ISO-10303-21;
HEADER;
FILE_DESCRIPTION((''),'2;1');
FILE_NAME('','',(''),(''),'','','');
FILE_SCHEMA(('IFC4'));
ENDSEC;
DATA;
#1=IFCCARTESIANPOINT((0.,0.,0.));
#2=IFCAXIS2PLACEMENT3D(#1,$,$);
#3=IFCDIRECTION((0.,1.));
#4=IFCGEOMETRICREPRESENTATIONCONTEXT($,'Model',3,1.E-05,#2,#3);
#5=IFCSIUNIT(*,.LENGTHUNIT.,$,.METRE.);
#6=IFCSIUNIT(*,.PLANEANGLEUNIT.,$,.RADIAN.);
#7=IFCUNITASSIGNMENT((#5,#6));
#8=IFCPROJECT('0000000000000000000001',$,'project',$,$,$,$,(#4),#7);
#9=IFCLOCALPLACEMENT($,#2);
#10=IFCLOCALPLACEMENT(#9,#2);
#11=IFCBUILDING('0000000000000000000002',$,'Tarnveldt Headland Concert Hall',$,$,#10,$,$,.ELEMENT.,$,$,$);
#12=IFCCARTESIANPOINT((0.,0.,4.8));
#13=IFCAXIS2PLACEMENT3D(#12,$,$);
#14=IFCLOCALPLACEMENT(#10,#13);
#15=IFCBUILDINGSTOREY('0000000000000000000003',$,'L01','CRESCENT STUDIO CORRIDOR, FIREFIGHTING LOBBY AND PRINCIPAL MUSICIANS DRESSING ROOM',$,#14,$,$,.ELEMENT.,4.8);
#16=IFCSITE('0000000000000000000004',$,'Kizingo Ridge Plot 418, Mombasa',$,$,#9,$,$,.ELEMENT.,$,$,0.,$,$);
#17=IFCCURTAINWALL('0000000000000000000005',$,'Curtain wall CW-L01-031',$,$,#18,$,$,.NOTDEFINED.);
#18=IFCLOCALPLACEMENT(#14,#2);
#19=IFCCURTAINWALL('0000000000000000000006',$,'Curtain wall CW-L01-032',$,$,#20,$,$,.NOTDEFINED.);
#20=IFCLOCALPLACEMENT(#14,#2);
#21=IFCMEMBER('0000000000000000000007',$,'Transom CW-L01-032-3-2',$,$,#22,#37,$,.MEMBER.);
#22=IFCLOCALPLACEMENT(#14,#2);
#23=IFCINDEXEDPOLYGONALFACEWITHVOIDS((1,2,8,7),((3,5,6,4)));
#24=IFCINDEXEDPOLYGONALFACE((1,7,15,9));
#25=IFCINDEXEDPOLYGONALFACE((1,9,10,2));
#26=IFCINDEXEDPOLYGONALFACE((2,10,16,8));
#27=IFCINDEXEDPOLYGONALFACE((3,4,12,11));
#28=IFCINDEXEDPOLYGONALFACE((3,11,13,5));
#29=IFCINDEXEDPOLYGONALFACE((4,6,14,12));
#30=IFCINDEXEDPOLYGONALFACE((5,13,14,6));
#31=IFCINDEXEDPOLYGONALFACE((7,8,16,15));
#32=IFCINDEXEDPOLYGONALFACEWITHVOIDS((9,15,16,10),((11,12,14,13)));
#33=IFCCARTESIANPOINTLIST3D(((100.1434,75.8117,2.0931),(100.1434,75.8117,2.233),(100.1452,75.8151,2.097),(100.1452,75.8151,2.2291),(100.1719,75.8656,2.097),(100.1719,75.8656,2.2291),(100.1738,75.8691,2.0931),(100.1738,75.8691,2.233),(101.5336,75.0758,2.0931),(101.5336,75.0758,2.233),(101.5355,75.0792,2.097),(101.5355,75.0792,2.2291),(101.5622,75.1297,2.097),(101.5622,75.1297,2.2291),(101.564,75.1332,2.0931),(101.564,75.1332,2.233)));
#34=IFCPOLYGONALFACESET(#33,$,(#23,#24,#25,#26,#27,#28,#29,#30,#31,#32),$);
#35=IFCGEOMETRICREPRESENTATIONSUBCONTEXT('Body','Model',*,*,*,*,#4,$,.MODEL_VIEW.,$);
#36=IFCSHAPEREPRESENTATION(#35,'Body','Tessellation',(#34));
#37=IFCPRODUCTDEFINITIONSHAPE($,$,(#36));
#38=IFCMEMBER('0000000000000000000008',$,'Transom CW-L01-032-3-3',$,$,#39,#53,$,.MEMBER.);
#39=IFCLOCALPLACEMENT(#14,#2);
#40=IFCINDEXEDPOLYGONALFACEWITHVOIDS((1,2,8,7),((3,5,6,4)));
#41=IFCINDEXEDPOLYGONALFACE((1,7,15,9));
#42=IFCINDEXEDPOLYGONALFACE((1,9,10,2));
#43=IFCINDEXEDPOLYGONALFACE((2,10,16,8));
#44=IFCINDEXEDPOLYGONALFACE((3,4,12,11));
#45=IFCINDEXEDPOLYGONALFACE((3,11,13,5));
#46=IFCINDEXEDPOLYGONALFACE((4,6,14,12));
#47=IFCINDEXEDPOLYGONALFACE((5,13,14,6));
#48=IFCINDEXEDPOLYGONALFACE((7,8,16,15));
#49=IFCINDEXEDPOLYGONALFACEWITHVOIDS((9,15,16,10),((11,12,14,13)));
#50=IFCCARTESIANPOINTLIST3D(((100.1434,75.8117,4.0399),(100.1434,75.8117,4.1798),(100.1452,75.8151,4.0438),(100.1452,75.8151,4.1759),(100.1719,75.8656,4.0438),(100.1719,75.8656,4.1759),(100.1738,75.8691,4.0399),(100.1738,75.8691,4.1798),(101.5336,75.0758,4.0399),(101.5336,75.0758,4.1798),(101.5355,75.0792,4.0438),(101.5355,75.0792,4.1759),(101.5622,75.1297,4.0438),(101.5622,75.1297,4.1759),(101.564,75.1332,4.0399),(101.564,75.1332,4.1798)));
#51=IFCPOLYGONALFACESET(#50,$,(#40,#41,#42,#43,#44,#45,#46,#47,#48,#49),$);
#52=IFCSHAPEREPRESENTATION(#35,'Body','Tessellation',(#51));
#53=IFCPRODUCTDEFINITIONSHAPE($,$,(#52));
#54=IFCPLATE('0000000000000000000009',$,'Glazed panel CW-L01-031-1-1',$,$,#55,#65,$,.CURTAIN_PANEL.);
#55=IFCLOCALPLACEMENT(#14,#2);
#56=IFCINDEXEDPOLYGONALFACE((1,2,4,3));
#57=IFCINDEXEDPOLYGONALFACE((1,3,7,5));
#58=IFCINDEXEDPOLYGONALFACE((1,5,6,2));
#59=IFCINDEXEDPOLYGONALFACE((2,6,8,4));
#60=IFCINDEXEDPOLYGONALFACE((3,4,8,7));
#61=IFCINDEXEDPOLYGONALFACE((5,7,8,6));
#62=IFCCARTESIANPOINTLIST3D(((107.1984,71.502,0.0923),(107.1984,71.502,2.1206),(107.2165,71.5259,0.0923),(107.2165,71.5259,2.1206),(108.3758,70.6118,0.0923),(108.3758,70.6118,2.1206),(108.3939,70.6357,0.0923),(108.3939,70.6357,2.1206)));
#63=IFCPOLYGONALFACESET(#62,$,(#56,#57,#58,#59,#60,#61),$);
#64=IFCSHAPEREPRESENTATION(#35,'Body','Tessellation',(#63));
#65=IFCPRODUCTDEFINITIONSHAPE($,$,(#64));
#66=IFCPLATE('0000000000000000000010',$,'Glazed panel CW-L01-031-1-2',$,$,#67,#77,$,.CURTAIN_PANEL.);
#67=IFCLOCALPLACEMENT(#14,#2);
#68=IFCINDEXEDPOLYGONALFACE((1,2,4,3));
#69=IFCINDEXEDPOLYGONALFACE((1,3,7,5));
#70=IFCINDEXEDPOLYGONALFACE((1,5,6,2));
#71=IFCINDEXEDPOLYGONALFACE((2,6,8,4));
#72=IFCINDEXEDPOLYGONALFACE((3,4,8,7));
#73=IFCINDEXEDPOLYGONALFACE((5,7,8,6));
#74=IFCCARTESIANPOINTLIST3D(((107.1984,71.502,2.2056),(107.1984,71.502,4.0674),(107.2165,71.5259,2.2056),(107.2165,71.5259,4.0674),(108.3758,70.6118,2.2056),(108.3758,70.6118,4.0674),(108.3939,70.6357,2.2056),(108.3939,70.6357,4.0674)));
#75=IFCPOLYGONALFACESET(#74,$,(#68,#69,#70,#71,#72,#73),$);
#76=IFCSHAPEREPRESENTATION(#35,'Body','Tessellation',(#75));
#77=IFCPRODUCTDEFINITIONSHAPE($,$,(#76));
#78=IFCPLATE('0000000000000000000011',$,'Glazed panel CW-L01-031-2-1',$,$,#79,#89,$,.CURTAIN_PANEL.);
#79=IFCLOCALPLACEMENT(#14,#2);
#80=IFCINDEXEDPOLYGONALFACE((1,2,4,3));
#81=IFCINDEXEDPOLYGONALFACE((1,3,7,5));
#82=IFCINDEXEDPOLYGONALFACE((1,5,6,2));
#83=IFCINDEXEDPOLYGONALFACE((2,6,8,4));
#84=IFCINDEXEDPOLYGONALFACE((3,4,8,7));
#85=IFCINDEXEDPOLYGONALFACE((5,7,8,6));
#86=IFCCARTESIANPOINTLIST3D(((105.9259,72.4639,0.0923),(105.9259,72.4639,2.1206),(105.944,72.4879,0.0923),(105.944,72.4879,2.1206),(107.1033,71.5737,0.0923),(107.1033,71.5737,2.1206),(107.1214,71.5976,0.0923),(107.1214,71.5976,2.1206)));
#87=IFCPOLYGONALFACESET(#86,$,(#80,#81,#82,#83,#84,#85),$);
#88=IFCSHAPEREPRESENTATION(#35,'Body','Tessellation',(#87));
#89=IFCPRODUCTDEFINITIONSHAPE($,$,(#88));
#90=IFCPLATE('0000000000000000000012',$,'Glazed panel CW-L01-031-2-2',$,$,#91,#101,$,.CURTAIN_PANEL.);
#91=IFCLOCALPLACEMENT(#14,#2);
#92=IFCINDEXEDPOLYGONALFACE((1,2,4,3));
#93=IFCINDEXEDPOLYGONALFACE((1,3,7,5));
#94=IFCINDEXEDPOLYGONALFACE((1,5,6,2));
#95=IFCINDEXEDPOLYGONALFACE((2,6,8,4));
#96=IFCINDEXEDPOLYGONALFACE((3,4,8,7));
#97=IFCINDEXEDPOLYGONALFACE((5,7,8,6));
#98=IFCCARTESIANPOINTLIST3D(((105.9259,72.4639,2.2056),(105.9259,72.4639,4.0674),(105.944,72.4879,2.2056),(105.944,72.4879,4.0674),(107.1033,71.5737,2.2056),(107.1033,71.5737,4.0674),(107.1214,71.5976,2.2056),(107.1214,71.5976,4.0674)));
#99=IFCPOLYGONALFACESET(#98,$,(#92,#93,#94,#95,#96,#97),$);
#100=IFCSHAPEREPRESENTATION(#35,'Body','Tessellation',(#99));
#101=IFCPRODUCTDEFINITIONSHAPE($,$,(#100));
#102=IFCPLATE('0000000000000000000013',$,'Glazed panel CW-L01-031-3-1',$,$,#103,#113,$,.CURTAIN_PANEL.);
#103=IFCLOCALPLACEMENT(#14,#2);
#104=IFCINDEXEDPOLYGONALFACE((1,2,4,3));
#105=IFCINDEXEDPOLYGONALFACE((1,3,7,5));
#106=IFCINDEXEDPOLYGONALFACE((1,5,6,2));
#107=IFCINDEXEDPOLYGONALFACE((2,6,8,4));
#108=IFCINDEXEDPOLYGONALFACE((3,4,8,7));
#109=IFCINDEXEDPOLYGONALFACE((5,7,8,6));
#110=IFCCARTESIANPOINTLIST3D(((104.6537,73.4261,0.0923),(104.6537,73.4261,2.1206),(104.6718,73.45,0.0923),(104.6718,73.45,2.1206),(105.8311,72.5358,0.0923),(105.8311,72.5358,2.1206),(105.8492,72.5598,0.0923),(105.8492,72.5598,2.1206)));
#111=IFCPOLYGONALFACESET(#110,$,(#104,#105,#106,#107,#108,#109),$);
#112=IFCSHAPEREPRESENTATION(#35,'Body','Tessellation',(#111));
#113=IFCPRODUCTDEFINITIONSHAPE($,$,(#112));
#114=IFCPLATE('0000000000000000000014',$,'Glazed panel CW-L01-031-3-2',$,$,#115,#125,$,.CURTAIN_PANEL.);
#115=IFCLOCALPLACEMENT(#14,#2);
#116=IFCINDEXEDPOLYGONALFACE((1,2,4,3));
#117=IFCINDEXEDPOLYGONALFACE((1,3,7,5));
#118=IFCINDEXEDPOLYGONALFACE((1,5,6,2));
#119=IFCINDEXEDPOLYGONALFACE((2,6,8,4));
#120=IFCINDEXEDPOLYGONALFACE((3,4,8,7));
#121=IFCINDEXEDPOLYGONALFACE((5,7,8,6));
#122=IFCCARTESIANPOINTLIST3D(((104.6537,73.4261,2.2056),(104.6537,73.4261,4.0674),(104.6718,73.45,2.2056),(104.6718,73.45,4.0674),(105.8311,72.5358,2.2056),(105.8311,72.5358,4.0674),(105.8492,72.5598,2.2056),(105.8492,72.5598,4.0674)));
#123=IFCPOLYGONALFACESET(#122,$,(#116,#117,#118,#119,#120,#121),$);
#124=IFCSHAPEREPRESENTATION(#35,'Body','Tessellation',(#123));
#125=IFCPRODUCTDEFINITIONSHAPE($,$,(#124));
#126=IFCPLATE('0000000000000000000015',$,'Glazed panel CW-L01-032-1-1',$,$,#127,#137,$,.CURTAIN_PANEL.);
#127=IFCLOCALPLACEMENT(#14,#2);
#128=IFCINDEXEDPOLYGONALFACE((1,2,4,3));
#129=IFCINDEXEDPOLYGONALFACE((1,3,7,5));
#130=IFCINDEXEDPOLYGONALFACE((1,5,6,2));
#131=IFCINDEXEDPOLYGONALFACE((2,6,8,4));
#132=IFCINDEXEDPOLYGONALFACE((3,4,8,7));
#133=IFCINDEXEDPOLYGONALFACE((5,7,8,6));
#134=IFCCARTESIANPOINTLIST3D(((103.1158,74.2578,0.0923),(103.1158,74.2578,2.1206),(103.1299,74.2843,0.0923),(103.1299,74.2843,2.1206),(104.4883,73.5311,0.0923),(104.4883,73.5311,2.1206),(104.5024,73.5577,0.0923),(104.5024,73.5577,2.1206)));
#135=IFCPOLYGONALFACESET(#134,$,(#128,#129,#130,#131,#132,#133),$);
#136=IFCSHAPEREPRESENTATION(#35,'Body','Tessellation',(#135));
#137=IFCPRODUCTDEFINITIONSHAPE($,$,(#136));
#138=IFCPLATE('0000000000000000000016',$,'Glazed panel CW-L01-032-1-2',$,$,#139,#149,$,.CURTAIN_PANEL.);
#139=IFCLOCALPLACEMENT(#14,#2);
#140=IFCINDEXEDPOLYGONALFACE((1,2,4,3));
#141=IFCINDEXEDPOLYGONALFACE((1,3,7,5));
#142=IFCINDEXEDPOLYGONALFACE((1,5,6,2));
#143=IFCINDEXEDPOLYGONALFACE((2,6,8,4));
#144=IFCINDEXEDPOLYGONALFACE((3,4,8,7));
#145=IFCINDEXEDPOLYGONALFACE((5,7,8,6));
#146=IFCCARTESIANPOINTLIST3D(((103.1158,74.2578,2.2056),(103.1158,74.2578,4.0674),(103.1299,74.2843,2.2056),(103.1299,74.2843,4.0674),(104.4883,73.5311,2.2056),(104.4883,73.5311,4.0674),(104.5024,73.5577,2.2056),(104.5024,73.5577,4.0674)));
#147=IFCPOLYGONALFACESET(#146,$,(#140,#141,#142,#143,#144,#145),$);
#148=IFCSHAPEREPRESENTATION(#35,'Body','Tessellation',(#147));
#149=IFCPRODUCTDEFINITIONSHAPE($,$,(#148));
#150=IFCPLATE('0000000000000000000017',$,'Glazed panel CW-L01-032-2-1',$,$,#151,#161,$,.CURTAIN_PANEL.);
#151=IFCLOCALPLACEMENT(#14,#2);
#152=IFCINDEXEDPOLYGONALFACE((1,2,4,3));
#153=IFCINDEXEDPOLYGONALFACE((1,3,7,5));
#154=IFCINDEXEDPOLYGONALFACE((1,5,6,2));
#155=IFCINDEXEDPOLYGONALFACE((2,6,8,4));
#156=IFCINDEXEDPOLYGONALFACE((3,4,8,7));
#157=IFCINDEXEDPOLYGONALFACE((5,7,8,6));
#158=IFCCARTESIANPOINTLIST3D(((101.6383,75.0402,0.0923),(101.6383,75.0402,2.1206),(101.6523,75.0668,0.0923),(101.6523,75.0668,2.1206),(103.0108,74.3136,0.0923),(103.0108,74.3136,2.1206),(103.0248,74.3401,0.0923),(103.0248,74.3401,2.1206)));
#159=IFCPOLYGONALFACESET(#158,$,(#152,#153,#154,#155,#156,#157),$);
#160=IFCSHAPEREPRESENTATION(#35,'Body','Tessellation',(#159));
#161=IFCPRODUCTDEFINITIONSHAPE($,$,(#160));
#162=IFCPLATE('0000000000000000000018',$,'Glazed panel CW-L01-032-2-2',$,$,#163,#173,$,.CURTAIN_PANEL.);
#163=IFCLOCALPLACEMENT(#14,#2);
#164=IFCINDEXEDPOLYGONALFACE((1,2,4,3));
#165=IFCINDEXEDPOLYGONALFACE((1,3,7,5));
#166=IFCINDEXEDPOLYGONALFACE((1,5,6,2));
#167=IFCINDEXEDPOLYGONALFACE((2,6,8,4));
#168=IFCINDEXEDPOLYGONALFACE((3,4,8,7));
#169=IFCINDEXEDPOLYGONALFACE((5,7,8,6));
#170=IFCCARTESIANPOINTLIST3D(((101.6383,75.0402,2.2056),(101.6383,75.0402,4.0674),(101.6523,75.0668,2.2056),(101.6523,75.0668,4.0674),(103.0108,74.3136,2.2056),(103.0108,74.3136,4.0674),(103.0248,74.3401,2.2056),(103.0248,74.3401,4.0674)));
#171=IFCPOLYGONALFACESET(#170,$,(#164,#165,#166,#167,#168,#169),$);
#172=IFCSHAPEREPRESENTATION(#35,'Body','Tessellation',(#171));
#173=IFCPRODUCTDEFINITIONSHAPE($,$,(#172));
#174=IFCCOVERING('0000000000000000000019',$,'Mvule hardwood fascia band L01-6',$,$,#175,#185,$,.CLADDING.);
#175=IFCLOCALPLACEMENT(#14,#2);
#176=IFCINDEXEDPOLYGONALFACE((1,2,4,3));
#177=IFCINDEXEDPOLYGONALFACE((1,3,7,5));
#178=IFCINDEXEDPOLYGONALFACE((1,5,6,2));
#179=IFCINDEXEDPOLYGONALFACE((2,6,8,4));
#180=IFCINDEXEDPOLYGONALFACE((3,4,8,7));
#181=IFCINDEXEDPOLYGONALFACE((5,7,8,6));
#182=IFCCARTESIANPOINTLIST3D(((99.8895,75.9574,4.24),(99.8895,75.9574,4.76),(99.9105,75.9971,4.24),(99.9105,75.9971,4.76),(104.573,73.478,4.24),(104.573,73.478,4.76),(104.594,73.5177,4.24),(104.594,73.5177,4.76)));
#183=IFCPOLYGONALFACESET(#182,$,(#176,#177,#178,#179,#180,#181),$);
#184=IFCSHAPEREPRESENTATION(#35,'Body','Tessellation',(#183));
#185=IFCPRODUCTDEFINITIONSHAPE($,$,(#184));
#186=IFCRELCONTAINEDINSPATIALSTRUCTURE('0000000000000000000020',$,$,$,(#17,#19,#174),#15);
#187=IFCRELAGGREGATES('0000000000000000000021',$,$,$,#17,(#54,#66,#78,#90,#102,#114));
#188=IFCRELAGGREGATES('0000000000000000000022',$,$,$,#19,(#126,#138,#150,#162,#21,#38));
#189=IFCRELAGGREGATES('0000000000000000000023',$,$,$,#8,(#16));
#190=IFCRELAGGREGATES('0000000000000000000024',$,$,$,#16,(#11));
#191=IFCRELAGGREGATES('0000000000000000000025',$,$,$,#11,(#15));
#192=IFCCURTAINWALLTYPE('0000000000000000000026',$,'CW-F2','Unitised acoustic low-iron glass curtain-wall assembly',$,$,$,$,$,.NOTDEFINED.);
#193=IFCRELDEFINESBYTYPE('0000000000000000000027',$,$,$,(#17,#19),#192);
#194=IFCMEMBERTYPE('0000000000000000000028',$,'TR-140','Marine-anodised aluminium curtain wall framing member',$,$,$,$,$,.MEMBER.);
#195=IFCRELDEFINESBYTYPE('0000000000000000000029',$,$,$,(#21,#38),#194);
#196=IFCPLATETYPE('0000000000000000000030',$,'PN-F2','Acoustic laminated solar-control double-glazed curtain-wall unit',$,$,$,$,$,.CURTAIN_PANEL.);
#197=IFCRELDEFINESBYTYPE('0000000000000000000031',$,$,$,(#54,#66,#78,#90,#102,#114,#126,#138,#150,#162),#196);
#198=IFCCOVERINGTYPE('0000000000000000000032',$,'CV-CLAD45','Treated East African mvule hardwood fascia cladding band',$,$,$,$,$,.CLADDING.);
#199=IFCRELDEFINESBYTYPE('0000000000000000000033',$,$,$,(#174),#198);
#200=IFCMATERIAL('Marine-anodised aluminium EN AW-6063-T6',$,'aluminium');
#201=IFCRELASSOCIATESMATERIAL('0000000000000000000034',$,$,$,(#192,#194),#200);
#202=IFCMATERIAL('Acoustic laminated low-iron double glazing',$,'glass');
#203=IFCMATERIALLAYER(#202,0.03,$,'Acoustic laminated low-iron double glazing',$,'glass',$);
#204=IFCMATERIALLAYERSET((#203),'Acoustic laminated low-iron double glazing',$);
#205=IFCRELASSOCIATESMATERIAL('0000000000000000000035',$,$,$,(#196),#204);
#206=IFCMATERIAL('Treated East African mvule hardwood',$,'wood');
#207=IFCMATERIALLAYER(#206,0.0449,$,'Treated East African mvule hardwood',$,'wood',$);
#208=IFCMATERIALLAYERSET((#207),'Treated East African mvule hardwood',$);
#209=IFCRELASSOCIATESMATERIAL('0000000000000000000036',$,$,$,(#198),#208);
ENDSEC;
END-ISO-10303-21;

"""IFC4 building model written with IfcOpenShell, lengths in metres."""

from ifc_helpers import new_model, si_unit, direction, frame, frame_2d, origin, origin_2d, place, context, subcontext, project, spatial, rectangle, hollow_rectangle, extrude, material, layer, layer_set, material_profile, profile_set, type_object, element, aggregate, save


model = new_model("IFC4")

# Units and contexts
model_context = context("Model", 3, precision=1e-05, world=origin(), true_north=direction((0.0, 1.0)))
body_context = subcontext(model_context, "Body", "Model", "MODEL_VIEW")
ifc_project = project(units=[si_unit("LENGTHUNIT", "METRE"), si_unit("PLANEANGLEUNIT", "RADIAN")], contexts=[model_context])

# Site, building, storey
site_placement = place(None, origin())
site = spatial("IfcSite", under=ifc_project, at=site_placement, Name="Kizingo Ridge Plot 418, Mombasa", CompositionType="ELEMENT", RefElevation=0.0)
building_placement = place(site_placement, origin())
building = spatial("IfcBuilding", under=site, at=building_placement, Name="Tarnveldt Headland Concert Hall", CompositionType="ELEMENT")
storey_placement = place(building_placement, frame((0.0, 0.0, 4.8)))
storey = spatial("IfcBuildingStorey", under=building, at=storey_placement, Name="L01", Description="CRESCENT STUDIO CORRIDOR, FIREFIGHTING LOBBY AND PRINCIPAL MUSICIANS DRESSING ROOM", CompositionType="ELEMENT", Elevation=4.8)

# Curtain walls
ifc_material_1 = material(Name="Marine-anodised aluminium EN AW-6063-T6", Category="aluminium")
curtain_wall_type = type_object("IfcCurtainWallType", Name="CW-F2", Description="Unitised acoustic low-iron glass curtain-wall assembly", PredefinedType="NOTDEFINED", material=ifc_material_1)
curtain_wall_1_placement = place(storey_placement, origin())
curtain_wall_1 = element("IfcCurtainWall", 1, at=curtain_wall_1_placement, inside=storey, type_object=curtain_wall_type, Name="Curtain wall CW-L01-031", PredefinedType="NOTDEFINED")
curtain_wall_2_placement = place(storey_placement, origin())
curtain_wall_2 = element("IfcCurtainWall", 2, at=curtain_wall_2_placement, inside=storey, type_object=curtain_wall_type, Name="Curtain wall CW-L01-032", PredefinedType="NOTDEFINED")

# Members
ifc_material_profile_1 = material_profile(ifc_material_1, hollow_rectangle(XDim=0.0649, YDim=0.1399, WallThickness=0.0039, at=origin_2d()), Name="ALU TRANSOM 65x140x4", Category="aluminium")
ifc_profile_set_1 = profile_set([ifc_material_profile_1], Name="Marine-anodised aluminium EN AW-6063-T6")
member_type_1 = type_object("IfcMemberType", Name="TR-140", Description="Marine-anodised aluminium curtain wall framing member", PredefinedType="MEMBER", material=ifc_profile_set_1)
member_1_placement = place(storey_placement, frame((101.5488, 75.1045, 2.1631), z_axis=(-0.883818, 0.467831, 0.0), x_axis=(-0.467831, -0.883818, 0.0)))
member_1 = element("IfcMember", 3, at=member_1_placement, type_object=member_type_1, Name="Transom CW-L01-032-3-2", PredefinedType="MEMBER", context=body_context, shape_type="SweptSolid", body=[
    extrude(hollow_rectangle(XDim=0.0649, YDim=0.1399, WallThickness=0.0039, at=origin_2d()), origin(), (0.0, 0.0, 1.0), 1.573),
])
member_2_placement = place(storey_placement, frame((101.5488, 75.1045, 4.1099), z_axis=(-0.883818, 0.467831, 0.0), x_axis=(-0.467831, -0.883818, 0.0)))
member_2 = element("IfcMember", 4, at=member_2_placement, type_object=member_type_1, Name="Transom CW-L01-032-3-3", PredefinedType="MEMBER", context=body_context, shape_type="SweptSolid", body=[
    extrude(hollow_rectangle(XDim=0.0649, YDim=0.1399, WallThickness=0.0039, at=origin_2d()), origin(), (0.0, 0.0, 1.0), 1.573),
])

# Plates
ifc_material_2 = material(Name="Acoustic laminated low-iron double glazing", Category="glass")
ifc_layer_1 = layer(ifc_material_2, 0.03, Name="Acoustic laminated low-iron double glazing", Category="glass")
ifc_layer_set_1 = layer_set([ifc_layer_1], Name="Acoustic laminated low-iron double glazing")
plate_type = type_object("IfcPlateType", Name="PN-F2", Description="Acoustic laminated solar-control double-glazed curtain-wall unit", PredefinedType="CURTAIN_PANEL", material=ifc_layer_set_1)
plate_1_placement = place(storey_placement, frame((107.7961, 71.0688, 0.0923), z_axis=(0.0, 0.0, 1.0), x_axis=(-0.797658, 0.603111, 0.0)))
plate_1 = element("IfcPlate", 5, at=plate_1_placement, type_object=plate_type, Name="Glazed panel CW-L01-031-1-1", PredefinedType="CURTAIN_PANEL", context=body_context, shape_type="SweptSolid", body=[
    extrude(rectangle(XDim=1.4761, YDim=0.03, at=origin_2d()), origin(), (0.0, 0.0, 1.0), 2.0283),
])
plate_2_placement = place(storey_placement, frame((107.7961, 71.0688, 2.2056), z_axis=(0.0, 0.0, 1.0), x_axis=(-0.797658, 0.603111, 0.0)))
plate_2 = element("IfcPlate", 6, at=plate_2_placement, type_object=plate_type, Name="Glazed panel CW-L01-031-1-2", PredefinedType="CURTAIN_PANEL", context=body_context, shape_type="SweptSolid", body=[
    extrude(rectangle(XDim=1.4761, YDim=0.03, at=origin_2d()), origin(), (0.0, 0.0, 1.0), 1.8618),
])
plate_3_placement = place(storey_placement, frame((106.5237, 72.0308, 0.0923), z_axis=(0.0, 0.0, 1.0), x_axis=(-0.797658, 0.603111, 0.0)))
plate_3 = element("IfcPlate", 7, at=plate_3_placement, type_object=plate_type, Name="Glazed panel CW-L01-031-2-1", PredefinedType="CURTAIN_PANEL", context=body_context, shape_type="SweptSolid", body=[
    extrude(rectangle(XDim=1.4761, YDim=0.03, at=origin_2d()), origin(), (0.0, 0.0, 1.0), 2.0283),
])
plate_4_placement = place(storey_placement, frame((106.5237, 72.0308, 2.2056), z_axis=(0.0, 0.0, 1.0), x_axis=(-0.797658, 0.603111, 0.0)))
plate_4 = element("IfcPlate", 8, at=plate_4_placement, type_object=plate_type, Name="Glazed panel CW-L01-031-2-2", PredefinedType="CURTAIN_PANEL", context=body_context, shape_type="SweptSolid", body=[
    extrude(rectangle(XDim=1.4761, YDim=0.03, at=origin_2d()), origin(), (0.0, 0.0, 1.0), 1.8618),
])
plate_5_placement = place(storey_placement, frame((105.2515, 72.9929, 0.0923), z_axis=(0.0, 0.0, 1.0), x_axis=(-0.797658, 0.603111, 0.0)))
plate_5 = element("IfcPlate", 9, at=plate_5_placement, type_object=plate_type, Name="Glazed panel CW-L01-031-3-1", PredefinedType="CURTAIN_PANEL", context=body_context, shape_type="SweptSolid", body=[
    extrude(rectangle(XDim=1.4761, YDim=0.03, at=origin_2d()), origin(), (0.0, 0.0, 1.0), 2.0283),
])
plate_6_placement = place(storey_placement, frame((105.2515, 72.9929, 2.2056), z_axis=(0.0, 0.0, 1.0), x_axis=(-0.797658, 0.603111, 0.0)))
plate_6 = element("IfcPlate", 10, at=plate_6_placement, type_object=plate_type, Name="Glazed panel CW-L01-031-3-2", PredefinedType="CURTAIN_PANEL", context=body_context, shape_type="SweptSolid", body=[
    extrude(rectangle(XDim=1.4761, YDim=0.03, at=origin_2d()), origin(), (0.0, 0.0, 1.0), 1.8618),
])
aggregate(curtain_wall_1, [plate_1, plate_2, plate_3, plate_4, plate_5, plate_6])
plate_7_placement = place(storey_placement, frame((103.8091, 73.9077, 0.0923), z_axis=(0.0, 0.0, 1.0), x_axis=(-0.883782, 0.467899, 0.0)))
plate_7 = element("IfcPlate", 11, at=plate_7_placement, type_object=plate_type, Name="Glazed panel CW-L01-032-1-1", PredefinedType="CURTAIN_PANEL", context=body_context, shape_type="SweptSolid", body=[
    extrude(rectangle(XDim=1.553, YDim=0.03, at=origin_2d()), origin(), (0.0, 0.0, 1.0), 2.0283),
])
plate_8_placement = place(storey_placement, frame((103.8091, 73.9077, 2.2056), z_axis=(0.0, 0.0, 1.0), x_axis=(-0.883782, 0.467899, 0.0)))
plate_8 = element("IfcPlate", 12, at=plate_8_placement, type_object=plate_type, Name="Glazed panel CW-L01-032-1-2", PredefinedType="CURTAIN_PANEL", context=body_context, shape_type="SweptSolid", body=[
    extrude(rectangle(XDim=1.553, YDim=0.03, at=origin_2d()), origin(), (0.0, 0.0, 1.0), 1.8618),
])
plate_9_placement = place(storey_placement, frame((102.3315, 74.6902, 0.0923), z_axis=(0.0, 0.0, 1.0), x_axis=(-0.883782, 0.467899, 0.0)))
plate_9 = element("IfcPlate", 13, at=plate_9_placement, type_object=plate_type, Name="Glazed panel CW-L01-032-2-1", PredefinedType="CURTAIN_PANEL", context=body_context, shape_type="SweptSolid", body=[
    extrude(rectangle(XDim=1.553, YDim=0.03, at=origin_2d()), origin(), (0.0, 0.0, 1.0), 2.0283),
])
plate_10_placement = place(storey_placement, frame((102.3315, 74.6902, 2.2056), z_axis=(0.0, 0.0, 1.0), x_axis=(-0.883782, 0.467899, 0.0)))
plate_10 = element("IfcPlate", 14, at=plate_10_placement, type_object=plate_type, Name="Glazed panel CW-L01-032-2-2", PredefinedType="CURTAIN_PANEL", context=body_context, shape_type="SweptSolid", body=[
    extrude(rectangle(XDim=1.553, YDim=0.03, at=origin_2d()), origin(), (0.0, 0.0, 1.0), 1.8618),
])
aggregate(curtain_wall_2, [plate_7, plate_8, plate_9, plate_10, member_1, member_2])

# Covering
ifc_material_3 = material(Name="Treated East African mvule hardwood", Category="wood")
ifc_layer_2 = layer(ifc_material_3, 0.0449, Name="Treated East African mvule hardwood", Category="wood")
ifc_layer_set_2 = layer_set([ifc_layer_2], Name="Treated East African mvule hardwood")
covering_type = type_object("IfcCoveringType", Name="CV-CLAD45", Description="Treated East African mvule hardwood fascia cladding band", PredefinedType="CLADDING", material=ifc_layer_set_2)
covering_placement = place(storey_placement, frame((104.5835, 73.4978, 4.24), z_axis=(0.0, 0.0, 1.0), x_axis=(-0.883792, 0.467879, 0.0)))
element("IfcCovering", 15, at=covering_placement, inside=storey, type_object=covering_type, Name="Mvule hardwood fascia band L01-6", PredefinedType="CLADDING", context=body_context, shape_type="SweptSolid", body=[
    extrude(rectangle(XDim=5.2993, YDim=0.0449, at=frame_2d((2.6497, 0.0))), origin(), (0.0, 0.0, 1.0), 0.52),
])

save(model, "model.ifc")
